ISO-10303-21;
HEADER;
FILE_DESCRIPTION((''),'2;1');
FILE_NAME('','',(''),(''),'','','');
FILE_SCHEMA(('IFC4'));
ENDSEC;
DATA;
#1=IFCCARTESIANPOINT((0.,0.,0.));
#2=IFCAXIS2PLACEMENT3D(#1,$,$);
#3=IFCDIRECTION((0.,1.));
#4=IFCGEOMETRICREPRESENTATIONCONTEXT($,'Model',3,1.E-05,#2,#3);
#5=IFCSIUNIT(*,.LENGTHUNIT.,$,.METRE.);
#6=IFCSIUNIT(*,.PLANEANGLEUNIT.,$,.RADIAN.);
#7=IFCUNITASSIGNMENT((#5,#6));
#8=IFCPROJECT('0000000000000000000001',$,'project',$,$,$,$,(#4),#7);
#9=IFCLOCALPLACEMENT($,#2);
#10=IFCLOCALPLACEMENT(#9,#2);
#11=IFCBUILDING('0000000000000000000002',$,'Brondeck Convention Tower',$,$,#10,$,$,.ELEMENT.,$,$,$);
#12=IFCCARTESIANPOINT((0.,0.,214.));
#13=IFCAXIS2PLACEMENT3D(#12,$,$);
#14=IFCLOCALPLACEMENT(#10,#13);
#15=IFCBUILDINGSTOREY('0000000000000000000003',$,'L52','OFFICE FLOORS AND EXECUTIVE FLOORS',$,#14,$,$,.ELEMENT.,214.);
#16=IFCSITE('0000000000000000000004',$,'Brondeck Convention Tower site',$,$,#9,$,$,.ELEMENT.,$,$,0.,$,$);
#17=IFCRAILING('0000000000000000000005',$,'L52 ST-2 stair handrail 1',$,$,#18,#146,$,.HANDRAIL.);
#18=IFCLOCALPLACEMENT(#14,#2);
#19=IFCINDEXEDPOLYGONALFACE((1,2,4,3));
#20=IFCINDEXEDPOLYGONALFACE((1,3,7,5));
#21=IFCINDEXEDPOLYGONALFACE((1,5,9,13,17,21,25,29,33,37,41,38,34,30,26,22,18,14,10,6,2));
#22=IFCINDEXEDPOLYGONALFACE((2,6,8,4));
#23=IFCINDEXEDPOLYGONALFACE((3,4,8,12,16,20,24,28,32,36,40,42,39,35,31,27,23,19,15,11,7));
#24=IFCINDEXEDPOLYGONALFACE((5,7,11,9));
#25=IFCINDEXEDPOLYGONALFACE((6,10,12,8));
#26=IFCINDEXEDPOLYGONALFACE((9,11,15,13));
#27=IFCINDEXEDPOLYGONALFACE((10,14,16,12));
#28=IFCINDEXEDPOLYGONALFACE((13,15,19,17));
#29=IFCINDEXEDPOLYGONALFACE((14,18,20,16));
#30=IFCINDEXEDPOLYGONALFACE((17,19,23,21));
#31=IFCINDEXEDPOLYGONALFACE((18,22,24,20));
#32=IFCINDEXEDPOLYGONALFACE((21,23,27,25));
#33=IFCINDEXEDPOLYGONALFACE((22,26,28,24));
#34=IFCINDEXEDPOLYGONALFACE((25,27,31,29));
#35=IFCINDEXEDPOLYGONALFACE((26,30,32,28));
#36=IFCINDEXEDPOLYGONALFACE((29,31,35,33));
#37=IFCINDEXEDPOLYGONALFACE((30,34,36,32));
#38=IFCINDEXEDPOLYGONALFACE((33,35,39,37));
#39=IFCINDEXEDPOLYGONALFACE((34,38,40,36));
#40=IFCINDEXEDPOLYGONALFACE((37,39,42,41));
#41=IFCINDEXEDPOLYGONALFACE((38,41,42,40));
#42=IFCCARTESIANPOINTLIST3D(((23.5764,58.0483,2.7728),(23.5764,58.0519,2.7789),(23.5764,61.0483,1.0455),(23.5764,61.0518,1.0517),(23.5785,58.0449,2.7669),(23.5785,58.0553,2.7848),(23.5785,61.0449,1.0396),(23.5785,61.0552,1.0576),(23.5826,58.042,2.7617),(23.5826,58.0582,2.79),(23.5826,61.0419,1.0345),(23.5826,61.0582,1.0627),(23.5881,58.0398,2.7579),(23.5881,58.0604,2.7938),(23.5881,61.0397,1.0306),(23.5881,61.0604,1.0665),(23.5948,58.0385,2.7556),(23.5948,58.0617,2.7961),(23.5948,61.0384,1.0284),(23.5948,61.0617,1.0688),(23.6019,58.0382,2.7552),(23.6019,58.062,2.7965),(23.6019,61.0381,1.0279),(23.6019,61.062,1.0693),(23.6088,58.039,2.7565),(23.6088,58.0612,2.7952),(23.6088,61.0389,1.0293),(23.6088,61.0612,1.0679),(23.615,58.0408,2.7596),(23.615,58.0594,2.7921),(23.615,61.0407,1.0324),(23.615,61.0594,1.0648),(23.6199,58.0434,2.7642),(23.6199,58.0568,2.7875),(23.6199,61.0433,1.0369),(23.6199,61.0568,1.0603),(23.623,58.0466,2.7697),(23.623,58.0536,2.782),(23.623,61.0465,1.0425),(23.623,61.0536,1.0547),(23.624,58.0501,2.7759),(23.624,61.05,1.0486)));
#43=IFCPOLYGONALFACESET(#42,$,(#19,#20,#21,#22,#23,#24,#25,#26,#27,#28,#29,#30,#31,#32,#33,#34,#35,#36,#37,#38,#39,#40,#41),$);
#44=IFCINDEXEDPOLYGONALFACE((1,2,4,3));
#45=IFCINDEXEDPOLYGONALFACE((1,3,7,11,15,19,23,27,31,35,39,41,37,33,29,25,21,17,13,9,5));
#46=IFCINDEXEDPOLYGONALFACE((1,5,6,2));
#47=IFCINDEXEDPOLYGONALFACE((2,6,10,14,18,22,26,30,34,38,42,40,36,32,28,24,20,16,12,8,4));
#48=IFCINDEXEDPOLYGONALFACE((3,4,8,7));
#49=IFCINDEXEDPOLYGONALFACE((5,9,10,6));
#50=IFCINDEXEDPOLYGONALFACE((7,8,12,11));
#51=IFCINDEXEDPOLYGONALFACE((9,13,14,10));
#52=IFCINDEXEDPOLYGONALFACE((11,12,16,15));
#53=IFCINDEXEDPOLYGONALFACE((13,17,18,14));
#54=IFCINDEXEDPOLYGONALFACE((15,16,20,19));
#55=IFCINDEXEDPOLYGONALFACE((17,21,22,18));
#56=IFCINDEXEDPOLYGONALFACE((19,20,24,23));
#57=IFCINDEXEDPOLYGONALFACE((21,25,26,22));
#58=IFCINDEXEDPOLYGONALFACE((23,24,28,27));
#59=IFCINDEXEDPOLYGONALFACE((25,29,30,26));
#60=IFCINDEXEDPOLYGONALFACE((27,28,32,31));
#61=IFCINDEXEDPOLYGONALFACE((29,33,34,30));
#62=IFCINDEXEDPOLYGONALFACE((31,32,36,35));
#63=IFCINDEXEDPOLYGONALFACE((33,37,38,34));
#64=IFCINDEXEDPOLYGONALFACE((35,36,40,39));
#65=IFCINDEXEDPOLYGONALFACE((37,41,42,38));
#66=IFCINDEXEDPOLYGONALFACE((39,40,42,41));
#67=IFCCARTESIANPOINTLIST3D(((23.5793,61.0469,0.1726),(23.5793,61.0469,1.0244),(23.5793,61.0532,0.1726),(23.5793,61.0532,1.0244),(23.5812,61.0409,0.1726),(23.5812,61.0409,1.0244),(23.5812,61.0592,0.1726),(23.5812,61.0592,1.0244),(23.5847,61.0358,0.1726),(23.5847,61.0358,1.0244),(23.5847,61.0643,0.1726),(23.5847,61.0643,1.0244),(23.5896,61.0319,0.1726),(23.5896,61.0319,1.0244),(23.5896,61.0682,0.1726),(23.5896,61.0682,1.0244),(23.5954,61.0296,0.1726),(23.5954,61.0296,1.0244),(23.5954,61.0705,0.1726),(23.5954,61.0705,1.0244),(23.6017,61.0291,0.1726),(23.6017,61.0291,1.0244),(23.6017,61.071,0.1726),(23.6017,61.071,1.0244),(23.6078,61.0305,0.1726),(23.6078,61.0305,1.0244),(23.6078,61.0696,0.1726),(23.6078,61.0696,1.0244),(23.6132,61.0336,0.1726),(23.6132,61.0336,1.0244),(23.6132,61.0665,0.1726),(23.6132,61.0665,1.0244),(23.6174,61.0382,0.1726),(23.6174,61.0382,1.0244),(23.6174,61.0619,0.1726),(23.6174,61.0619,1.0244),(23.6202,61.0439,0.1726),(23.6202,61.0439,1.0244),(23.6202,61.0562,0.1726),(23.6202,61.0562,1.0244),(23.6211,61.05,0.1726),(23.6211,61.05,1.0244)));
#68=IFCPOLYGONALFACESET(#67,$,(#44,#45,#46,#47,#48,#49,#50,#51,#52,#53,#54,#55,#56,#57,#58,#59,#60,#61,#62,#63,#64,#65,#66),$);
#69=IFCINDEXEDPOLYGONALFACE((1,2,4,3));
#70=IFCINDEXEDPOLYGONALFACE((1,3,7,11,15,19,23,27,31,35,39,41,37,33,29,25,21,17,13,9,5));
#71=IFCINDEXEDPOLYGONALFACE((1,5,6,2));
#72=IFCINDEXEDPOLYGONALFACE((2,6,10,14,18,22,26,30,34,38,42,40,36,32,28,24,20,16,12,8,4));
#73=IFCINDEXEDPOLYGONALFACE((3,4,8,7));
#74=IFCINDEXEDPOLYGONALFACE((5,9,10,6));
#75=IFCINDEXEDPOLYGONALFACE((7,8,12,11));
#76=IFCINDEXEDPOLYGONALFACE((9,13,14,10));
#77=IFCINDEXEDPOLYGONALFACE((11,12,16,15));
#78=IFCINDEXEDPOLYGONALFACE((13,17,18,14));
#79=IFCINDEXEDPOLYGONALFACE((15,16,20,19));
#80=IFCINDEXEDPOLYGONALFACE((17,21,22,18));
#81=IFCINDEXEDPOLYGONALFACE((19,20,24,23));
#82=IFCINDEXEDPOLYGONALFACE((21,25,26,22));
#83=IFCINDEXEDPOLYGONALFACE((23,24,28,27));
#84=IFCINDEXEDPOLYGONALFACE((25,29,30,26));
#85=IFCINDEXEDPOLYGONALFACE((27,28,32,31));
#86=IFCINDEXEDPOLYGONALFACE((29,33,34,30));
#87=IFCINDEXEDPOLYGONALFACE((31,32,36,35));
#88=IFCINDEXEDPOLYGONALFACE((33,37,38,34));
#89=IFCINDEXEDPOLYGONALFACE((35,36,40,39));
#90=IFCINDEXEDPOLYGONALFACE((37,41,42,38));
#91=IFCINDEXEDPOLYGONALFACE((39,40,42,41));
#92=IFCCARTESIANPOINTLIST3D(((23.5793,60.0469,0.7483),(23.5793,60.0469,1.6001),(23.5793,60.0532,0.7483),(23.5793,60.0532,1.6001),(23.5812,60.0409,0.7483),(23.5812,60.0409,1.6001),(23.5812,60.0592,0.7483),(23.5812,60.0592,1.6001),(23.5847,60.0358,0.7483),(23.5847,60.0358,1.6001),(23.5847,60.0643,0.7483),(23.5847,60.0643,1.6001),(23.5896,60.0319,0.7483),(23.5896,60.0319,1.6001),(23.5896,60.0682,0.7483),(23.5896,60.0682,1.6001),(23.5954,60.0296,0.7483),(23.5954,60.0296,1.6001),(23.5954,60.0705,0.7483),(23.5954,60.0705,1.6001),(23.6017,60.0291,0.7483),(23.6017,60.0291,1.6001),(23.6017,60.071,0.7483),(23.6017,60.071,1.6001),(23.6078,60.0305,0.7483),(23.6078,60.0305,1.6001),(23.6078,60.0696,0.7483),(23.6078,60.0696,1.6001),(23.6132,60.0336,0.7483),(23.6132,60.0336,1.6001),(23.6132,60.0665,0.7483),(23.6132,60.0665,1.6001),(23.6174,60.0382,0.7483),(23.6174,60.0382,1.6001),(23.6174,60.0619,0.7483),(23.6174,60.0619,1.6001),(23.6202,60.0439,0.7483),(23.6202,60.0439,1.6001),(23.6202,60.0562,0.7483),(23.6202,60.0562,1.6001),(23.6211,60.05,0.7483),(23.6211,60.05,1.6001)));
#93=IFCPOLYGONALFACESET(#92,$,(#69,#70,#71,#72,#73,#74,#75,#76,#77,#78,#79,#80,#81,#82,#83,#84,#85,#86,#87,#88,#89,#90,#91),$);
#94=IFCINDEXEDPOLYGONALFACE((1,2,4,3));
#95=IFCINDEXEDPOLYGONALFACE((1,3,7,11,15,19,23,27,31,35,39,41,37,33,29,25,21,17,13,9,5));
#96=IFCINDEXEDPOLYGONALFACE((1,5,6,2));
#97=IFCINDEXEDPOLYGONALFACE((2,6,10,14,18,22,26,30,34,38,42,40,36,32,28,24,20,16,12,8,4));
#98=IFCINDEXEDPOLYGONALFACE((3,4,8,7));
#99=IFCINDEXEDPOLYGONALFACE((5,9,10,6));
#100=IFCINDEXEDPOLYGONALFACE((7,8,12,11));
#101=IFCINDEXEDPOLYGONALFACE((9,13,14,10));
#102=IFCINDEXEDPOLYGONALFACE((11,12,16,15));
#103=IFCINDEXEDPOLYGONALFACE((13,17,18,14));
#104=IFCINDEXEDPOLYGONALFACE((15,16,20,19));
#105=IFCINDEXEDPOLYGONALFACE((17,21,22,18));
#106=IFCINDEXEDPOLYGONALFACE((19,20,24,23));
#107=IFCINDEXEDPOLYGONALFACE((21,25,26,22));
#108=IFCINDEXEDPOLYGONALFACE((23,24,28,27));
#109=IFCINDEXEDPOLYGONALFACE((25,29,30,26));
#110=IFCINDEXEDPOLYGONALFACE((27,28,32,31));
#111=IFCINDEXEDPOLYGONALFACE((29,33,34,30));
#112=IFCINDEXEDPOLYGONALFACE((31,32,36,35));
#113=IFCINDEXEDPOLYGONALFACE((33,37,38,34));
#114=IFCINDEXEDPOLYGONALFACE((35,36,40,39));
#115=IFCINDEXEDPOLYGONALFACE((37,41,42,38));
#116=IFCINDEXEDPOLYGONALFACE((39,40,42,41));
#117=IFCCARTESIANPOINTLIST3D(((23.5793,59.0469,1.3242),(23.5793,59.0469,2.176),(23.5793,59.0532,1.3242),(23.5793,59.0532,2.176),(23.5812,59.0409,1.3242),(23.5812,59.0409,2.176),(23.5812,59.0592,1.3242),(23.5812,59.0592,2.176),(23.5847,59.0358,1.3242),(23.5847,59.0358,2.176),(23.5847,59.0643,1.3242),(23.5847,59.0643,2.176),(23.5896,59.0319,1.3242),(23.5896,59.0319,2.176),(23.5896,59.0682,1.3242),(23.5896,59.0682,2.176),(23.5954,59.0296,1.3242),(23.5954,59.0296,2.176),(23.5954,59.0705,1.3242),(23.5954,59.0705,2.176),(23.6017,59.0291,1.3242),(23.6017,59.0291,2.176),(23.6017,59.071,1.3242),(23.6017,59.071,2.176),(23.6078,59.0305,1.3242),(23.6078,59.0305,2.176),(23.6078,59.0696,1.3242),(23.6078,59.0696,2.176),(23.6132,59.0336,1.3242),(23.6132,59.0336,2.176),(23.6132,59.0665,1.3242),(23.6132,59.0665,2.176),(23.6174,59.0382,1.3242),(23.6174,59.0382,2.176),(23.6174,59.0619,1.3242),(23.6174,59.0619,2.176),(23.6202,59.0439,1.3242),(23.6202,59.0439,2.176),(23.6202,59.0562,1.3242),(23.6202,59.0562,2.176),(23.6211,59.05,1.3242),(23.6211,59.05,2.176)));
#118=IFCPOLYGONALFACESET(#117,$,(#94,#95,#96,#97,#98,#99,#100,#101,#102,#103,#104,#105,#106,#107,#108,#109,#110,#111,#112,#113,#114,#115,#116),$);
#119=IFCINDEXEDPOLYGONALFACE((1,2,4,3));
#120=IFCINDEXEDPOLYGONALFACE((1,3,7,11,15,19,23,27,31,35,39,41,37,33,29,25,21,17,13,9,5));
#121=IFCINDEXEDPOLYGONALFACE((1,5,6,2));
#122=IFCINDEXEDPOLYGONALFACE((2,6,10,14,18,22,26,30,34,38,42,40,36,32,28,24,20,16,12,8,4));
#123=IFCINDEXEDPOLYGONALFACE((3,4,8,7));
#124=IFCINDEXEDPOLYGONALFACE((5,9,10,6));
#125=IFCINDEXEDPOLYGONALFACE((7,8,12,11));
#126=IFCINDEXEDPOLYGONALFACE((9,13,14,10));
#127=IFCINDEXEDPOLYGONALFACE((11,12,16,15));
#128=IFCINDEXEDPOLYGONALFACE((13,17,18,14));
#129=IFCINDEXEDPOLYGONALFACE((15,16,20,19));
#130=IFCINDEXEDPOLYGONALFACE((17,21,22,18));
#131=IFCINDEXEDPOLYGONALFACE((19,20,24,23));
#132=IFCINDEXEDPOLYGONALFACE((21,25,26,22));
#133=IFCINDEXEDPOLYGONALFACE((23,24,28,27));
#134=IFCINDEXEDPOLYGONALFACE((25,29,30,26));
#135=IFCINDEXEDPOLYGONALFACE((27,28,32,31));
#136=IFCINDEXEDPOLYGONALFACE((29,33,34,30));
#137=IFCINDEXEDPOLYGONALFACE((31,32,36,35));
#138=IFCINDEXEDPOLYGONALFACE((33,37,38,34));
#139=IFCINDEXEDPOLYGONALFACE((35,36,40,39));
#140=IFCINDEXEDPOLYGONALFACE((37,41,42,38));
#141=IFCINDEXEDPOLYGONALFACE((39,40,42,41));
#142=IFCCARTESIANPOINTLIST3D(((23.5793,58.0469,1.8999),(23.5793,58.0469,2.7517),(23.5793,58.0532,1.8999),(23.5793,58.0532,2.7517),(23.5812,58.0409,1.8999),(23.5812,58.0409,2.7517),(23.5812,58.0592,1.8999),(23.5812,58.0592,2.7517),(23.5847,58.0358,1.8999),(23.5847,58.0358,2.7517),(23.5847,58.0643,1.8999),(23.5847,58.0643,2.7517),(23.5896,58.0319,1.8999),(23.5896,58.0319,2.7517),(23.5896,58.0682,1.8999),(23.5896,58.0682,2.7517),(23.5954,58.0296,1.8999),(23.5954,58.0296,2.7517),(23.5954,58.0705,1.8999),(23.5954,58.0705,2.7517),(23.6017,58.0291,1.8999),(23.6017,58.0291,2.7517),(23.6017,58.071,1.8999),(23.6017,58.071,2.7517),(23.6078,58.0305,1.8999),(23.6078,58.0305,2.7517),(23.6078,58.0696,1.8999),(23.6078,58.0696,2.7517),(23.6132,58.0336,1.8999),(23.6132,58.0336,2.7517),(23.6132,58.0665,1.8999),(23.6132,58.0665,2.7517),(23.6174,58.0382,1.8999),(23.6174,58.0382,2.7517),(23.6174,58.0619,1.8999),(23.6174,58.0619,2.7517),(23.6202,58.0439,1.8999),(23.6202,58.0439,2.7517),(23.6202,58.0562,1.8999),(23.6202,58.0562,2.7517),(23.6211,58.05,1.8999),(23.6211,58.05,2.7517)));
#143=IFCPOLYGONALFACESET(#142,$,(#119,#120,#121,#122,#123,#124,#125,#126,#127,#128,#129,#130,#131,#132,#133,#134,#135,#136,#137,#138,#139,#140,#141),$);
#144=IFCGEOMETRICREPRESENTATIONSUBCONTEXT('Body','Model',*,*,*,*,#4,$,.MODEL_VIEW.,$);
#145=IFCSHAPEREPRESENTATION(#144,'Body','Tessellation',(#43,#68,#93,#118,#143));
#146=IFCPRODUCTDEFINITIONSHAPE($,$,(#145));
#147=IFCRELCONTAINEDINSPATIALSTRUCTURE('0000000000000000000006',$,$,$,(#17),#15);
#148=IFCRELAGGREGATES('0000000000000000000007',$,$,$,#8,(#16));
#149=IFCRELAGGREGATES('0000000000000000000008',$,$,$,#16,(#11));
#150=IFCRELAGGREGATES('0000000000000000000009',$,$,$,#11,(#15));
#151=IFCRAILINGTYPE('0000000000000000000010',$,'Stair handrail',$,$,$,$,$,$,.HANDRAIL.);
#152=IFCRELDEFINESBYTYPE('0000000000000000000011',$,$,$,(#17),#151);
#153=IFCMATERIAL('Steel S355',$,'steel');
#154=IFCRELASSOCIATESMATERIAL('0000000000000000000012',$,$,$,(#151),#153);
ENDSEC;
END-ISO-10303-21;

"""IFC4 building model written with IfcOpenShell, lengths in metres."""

from ifc_helpers import new_model, si_unit, direction, frame, origin, origin_2d, place, context, subcontext, project, spatial, circle, extrude, material, type_object, element, save


model = new_model("IFC4")

# Units and contexts
model_context = context("Model", 3, precision=1e-05, world=origin(), true_north=direction((0.0, 1.0)))
body_context = subcontext(model_context, "Body", "Model", "MODEL_VIEW")
ifc_project = project(units=[si_unit("LENGTHUNIT", "METRE"), si_unit("PLANEANGLEUNIT", "RADIAN")], contexts=[model_context])

# Site, building, storey
site_placement = place(None, origin())
site = spatial("IfcSite", under=ifc_project, at=site_placement, Name="Brondeck Convention Tower site", CompositionType="ELEMENT", RefElevation=0.0)
building_placement = place(site_placement, origin())
building = spatial("IfcBuilding", under=site, at=building_placement, Name="Brondeck Convention Tower", CompositionType="ELEMENT")
storey_placement = place(building_placement, frame((0.0, 0.0, 214.0)))
storey = spatial("IfcBuildingStorey", under=building, at=storey_placement, Name="L52", Description="OFFICE FLOORS AND EXECUTIVE FLOORS", CompositionType="ELEMENT", Elevation=214.0)

# Railing
ifc_material_1 = material(Name="Steel S355", Category="steel")
railing_type_1 = type_object("IfcRailingType", Name="Stair handrail", PredefinedType="HANDRAIL", material=ifc_material_1)
railing_1_placement = place(storey_placement, frame((23.6001, 61.05, 0.1726)))
element("IfcRailing", 1, at=railing_1_placement, inside=storey, type_object=railing_type_1, Name="L52 ST-2 stair handrail 1", PredefinedType="HANDRAIL", context=body_context, shape_type="SweptSolid", body=[
    extrude(circle(Radius=0.0239, at=origin_2d()), frame((0.0, 0.0, 0.876), z_axis=(0.0, -0.86662, 0.498969), x_axis=(1.0, 0.0, 0.0)), (0.0, 0.0, 1.0), 3.4617),
    extrude(circle(Radius=0.021, at=origin_2d()), origin(), (0.0, 0.0, 1.0), 0.8518),
    extrude(circle(Radius=0.021, at=origin_2d()), frame((0.0, -1.0, 0.5757)), (0.0, 0.0, 1.0), 0.8518),
    extrude(circle(Radius=0.021, at=origin_2d()), frame((0.0, -2.0, 1.1516)), (0.0, 0.0, 1.0), 0.8518),
    extrude(circle(Radius=0.021, at=origin_2d()), frame((0.0, -3.0, 1.7273)), (0.0, 0.0, 1.0), 0.8518),
])

save(model, "model.ifc")
